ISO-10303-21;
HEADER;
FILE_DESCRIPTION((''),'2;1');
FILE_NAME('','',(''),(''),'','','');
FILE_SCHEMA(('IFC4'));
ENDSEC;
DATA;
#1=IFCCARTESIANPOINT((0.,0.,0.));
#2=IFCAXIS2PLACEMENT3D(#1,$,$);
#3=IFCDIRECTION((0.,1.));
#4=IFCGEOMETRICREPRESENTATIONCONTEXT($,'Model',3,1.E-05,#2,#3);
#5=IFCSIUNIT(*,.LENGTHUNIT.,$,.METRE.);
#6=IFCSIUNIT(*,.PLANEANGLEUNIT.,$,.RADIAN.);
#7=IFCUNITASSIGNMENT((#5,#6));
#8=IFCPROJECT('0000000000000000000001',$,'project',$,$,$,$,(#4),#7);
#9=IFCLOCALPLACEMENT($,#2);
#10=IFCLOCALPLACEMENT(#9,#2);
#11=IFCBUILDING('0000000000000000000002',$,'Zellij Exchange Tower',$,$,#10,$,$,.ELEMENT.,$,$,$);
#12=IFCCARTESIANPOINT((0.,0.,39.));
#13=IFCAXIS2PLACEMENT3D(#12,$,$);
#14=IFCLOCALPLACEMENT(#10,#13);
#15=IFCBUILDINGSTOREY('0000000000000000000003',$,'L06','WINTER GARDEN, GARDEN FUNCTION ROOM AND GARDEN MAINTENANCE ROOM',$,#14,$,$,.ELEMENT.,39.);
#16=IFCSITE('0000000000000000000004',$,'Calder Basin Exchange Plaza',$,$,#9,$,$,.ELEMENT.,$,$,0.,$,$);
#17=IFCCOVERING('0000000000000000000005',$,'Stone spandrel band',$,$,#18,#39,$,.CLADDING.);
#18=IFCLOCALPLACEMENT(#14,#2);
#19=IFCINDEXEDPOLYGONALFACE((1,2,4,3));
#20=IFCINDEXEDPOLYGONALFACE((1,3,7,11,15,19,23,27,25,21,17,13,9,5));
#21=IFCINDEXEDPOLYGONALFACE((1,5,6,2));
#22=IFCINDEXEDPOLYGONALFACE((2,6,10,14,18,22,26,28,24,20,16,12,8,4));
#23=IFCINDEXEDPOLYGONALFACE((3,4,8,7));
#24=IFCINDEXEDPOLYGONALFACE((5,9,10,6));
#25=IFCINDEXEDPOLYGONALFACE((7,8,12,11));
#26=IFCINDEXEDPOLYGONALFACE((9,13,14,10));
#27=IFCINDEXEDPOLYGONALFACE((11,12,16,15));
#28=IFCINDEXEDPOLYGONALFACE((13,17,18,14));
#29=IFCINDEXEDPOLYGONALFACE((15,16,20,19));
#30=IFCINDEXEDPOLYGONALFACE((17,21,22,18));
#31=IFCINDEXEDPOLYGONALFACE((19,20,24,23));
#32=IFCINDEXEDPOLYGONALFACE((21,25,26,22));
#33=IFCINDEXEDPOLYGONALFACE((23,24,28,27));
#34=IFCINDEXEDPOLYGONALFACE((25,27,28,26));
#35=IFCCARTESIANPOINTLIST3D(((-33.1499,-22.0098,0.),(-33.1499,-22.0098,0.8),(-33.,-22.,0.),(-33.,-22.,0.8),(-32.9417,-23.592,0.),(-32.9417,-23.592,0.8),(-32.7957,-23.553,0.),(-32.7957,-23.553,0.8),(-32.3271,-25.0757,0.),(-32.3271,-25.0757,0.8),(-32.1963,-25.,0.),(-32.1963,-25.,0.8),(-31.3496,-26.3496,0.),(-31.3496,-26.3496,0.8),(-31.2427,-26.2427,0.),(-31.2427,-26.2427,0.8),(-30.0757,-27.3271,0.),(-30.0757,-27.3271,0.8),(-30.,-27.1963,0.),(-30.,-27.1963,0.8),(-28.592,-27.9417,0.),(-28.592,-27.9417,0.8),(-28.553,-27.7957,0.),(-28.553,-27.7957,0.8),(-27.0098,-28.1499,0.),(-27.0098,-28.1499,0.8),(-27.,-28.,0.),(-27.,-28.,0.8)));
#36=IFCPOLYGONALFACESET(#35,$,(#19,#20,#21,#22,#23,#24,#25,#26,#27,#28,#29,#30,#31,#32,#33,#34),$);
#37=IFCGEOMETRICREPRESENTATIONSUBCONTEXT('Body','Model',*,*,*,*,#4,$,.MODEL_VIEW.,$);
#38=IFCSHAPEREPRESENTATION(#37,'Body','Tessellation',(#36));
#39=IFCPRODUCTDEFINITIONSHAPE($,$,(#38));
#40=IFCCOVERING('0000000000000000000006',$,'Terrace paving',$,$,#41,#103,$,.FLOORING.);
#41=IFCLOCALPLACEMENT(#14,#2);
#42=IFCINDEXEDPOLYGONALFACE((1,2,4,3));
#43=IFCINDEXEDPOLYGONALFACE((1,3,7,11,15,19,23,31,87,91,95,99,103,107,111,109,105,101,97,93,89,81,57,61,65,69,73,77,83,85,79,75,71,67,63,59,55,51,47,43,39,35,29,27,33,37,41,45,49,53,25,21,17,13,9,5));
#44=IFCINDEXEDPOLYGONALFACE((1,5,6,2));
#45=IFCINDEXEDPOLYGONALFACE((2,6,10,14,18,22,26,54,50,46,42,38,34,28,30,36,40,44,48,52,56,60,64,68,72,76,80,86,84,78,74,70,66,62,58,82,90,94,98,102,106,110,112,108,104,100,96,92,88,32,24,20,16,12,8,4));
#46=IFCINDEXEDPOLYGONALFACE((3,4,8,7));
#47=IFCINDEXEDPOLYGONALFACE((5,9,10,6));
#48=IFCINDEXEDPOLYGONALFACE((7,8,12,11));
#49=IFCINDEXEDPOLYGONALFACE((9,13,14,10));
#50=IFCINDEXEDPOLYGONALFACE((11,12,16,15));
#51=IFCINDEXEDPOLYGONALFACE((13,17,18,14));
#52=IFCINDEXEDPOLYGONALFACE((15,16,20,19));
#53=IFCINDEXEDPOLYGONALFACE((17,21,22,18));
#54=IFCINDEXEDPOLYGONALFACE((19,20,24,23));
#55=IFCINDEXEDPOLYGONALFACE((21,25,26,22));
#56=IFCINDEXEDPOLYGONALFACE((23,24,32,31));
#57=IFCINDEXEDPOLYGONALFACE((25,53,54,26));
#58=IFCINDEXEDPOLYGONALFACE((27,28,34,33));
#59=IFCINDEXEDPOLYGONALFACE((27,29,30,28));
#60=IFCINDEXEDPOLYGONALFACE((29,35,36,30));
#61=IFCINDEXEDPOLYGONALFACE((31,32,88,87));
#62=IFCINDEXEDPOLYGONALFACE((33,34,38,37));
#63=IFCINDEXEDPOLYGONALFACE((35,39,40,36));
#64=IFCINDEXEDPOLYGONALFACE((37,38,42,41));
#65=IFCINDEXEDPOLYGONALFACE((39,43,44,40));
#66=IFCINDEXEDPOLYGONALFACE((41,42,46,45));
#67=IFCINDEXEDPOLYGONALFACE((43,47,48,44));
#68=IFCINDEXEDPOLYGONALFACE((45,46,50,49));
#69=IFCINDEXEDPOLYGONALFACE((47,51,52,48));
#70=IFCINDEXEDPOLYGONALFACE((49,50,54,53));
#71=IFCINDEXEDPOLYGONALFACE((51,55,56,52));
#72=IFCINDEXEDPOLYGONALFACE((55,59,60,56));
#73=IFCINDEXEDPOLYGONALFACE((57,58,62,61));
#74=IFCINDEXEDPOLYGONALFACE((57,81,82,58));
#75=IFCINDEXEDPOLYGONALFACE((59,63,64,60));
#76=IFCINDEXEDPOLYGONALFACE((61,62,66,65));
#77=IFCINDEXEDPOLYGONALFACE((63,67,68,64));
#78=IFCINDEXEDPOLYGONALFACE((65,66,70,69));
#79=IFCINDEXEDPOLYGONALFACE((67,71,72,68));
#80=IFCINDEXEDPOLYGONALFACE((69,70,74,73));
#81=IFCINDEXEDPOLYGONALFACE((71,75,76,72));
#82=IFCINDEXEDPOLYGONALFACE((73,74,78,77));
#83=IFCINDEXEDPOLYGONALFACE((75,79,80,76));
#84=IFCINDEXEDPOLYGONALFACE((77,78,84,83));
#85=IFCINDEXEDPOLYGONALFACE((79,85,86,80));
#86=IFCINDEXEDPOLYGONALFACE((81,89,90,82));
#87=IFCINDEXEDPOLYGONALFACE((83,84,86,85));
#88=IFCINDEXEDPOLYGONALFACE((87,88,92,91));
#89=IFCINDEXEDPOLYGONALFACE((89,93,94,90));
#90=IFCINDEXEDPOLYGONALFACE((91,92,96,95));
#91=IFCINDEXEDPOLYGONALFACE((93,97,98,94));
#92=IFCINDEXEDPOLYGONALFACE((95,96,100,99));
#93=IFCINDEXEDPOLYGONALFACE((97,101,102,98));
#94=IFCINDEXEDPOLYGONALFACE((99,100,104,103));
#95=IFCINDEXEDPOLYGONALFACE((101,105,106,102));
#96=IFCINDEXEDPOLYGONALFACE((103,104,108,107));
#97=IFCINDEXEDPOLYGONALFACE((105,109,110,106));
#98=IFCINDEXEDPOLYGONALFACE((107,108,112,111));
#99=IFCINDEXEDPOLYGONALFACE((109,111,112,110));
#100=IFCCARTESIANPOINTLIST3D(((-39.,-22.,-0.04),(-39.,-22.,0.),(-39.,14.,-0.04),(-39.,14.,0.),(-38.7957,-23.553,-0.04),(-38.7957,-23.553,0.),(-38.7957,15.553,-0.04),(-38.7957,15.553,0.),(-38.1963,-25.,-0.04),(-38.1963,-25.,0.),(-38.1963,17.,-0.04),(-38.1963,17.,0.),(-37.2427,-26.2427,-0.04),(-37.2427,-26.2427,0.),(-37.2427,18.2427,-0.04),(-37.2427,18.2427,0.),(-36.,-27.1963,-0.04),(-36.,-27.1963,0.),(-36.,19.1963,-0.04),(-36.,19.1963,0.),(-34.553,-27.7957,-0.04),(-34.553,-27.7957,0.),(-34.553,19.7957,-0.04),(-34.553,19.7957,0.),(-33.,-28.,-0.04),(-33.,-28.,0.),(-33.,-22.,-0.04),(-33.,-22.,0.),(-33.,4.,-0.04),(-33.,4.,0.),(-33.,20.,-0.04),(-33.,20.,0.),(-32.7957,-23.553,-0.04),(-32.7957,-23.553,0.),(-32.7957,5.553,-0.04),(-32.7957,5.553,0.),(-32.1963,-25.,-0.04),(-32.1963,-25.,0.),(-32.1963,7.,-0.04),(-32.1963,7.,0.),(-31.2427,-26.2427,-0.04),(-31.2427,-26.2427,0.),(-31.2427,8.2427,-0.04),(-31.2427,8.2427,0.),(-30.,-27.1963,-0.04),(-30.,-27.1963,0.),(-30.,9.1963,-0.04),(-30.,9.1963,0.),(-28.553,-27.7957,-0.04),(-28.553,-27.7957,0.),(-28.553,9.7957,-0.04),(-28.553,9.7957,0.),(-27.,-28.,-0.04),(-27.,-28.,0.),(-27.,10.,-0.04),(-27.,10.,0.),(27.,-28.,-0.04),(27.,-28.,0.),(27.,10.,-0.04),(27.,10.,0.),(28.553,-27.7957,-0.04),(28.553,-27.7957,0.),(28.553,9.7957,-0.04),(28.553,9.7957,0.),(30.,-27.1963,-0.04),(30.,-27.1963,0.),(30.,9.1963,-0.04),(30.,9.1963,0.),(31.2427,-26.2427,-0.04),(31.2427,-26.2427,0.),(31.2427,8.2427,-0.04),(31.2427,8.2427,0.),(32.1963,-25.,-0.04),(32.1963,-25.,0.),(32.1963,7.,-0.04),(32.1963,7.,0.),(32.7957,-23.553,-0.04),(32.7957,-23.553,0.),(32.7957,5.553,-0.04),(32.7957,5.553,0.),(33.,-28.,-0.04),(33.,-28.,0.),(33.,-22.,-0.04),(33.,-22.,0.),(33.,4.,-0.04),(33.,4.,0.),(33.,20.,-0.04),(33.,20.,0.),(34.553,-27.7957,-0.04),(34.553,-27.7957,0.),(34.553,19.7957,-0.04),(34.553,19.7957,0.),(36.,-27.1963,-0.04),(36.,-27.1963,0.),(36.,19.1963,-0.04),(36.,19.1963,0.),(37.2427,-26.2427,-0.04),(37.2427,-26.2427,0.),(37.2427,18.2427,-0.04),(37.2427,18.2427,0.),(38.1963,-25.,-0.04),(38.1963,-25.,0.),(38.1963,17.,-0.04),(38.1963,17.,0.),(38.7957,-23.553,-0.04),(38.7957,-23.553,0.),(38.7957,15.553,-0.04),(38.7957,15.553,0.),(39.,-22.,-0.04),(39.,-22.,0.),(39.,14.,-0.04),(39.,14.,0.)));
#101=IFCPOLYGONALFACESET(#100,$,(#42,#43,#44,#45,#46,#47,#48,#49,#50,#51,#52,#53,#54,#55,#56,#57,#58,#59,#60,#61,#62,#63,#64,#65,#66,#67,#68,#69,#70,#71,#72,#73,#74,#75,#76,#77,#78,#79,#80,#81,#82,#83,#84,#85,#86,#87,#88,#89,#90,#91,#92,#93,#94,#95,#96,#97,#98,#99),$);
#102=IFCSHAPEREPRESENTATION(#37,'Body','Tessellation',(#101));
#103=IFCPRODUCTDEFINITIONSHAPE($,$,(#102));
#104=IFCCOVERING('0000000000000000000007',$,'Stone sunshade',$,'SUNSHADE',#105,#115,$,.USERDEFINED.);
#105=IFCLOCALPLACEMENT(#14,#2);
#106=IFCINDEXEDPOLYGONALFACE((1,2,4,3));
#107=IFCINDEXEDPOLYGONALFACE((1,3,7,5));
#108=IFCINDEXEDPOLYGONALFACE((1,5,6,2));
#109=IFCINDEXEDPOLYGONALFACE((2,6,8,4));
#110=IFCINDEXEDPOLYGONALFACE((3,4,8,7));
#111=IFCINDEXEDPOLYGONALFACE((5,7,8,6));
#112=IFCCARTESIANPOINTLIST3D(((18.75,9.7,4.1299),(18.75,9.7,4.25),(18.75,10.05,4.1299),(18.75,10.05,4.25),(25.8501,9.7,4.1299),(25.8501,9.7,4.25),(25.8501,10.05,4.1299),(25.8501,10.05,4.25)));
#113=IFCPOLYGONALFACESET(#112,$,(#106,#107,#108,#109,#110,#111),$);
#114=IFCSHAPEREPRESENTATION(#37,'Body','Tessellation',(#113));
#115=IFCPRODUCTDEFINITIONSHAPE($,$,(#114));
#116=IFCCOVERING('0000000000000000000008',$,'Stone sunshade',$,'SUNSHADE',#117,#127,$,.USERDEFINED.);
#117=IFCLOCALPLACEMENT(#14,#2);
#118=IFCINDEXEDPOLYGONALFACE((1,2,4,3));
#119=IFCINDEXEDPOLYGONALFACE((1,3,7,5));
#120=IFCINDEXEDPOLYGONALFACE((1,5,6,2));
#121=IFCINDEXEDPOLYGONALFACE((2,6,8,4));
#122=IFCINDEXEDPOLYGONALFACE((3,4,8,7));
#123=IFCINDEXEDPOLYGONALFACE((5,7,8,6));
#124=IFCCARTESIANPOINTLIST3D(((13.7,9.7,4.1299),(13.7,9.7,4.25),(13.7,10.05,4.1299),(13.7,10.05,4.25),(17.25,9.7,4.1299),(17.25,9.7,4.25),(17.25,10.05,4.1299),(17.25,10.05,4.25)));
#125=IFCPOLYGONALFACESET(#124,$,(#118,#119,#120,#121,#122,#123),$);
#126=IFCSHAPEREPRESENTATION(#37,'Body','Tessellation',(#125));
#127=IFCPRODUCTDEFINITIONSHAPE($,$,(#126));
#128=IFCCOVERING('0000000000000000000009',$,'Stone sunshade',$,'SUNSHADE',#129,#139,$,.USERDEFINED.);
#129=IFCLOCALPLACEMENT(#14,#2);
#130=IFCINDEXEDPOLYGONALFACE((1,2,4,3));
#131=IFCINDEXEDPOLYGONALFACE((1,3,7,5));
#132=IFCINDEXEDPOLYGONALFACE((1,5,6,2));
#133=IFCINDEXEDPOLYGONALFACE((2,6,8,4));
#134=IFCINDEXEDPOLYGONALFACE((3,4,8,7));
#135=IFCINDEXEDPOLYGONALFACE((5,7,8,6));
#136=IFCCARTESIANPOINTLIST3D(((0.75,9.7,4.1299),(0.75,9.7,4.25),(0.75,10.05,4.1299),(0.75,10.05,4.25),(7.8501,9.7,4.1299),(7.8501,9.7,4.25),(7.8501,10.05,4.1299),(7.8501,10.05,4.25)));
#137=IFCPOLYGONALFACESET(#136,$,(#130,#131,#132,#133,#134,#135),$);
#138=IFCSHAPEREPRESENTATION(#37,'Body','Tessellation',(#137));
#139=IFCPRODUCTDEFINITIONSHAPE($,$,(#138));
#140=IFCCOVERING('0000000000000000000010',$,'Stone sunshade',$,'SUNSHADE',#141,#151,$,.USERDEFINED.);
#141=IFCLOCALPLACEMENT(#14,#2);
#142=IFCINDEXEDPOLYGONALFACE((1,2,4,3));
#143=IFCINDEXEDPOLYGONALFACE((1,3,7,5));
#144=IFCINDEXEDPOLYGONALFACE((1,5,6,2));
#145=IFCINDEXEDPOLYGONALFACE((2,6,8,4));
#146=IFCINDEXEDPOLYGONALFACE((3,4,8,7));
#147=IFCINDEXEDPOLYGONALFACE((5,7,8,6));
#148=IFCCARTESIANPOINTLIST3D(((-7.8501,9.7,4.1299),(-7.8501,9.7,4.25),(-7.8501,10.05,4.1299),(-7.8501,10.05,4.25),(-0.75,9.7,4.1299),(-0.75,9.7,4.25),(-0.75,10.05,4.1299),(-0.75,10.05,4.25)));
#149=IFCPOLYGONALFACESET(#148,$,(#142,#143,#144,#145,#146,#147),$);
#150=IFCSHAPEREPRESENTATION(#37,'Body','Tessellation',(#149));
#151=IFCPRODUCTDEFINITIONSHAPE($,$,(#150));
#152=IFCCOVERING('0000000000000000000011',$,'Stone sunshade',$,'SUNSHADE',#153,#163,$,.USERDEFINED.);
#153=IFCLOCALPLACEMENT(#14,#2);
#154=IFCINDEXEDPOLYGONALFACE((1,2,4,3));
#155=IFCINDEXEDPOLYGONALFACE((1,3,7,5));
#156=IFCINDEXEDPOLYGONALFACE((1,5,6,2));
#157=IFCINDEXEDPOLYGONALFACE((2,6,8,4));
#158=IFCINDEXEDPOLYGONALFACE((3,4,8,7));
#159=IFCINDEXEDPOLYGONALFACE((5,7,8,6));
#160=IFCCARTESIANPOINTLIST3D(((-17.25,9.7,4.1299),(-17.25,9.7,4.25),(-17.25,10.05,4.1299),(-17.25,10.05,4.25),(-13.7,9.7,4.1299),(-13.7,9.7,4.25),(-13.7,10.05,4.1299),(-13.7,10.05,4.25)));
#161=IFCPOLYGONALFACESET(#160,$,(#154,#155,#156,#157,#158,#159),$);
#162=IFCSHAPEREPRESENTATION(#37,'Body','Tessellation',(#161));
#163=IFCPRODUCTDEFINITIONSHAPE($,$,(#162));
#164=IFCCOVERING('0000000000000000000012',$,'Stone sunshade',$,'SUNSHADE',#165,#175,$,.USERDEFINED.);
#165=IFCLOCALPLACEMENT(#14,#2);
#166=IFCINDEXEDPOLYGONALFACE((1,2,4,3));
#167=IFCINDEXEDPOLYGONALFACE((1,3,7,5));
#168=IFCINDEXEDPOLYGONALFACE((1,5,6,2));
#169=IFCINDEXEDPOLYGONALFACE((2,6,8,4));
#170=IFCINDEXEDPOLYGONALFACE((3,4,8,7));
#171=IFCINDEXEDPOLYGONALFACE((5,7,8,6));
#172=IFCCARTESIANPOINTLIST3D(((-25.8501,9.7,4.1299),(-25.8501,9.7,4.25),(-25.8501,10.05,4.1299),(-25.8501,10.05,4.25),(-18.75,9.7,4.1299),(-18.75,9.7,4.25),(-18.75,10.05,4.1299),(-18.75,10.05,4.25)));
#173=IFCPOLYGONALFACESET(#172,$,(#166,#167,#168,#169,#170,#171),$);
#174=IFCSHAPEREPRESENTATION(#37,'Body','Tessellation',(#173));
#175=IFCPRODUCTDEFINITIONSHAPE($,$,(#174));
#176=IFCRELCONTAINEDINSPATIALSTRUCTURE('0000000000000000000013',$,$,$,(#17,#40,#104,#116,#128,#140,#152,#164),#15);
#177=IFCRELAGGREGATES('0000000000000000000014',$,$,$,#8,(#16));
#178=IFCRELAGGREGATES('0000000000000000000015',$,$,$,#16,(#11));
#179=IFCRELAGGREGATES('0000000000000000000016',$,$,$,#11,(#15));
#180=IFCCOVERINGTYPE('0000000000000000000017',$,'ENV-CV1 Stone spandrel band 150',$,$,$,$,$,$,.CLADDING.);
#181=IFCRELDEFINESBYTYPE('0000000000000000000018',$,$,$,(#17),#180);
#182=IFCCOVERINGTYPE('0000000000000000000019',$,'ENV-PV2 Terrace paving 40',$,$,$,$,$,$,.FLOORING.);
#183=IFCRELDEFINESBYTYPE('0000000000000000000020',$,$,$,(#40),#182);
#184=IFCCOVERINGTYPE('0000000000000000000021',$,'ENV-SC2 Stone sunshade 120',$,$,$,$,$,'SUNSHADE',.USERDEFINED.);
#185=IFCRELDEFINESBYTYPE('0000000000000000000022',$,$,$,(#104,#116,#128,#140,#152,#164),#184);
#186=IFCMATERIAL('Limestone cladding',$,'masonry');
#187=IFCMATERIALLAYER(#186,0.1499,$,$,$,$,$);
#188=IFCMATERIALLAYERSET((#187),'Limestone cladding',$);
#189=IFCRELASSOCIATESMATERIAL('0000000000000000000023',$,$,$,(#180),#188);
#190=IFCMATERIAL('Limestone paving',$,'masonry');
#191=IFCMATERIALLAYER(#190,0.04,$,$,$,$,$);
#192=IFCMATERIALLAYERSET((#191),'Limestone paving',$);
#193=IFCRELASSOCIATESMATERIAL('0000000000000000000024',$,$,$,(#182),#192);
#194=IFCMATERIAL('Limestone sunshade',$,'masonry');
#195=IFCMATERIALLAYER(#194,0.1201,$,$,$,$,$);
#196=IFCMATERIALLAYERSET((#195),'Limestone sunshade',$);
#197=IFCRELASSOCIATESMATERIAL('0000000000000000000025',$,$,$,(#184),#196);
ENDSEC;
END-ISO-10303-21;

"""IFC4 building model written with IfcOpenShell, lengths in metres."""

from ifc_helpers import new_model, si_unit, direction, frame, origin, place, context, subcontext, project, spatial, polyline, outline, extrude, material, layer, layer_set, type_object, element, save


model = new_model("IFC4")

# Units and contexts
model_context = context("Model", 3, precision=1e-05, world=origin(), true_north=direction((0.0, 1.0)))
body_context = subcontext(model_context, "Body", "Model", "MODEL_VIEW")
ifc_project = project(units=[si_unit("LENGTHUNIT", "METRE"), si_unit("PLANEANGLEUNIT", "RADIAN")], contexts=[model_context])

# Site, building, storey
site_placement = place(None, origin())
site = spatial("IfcSite", under=ifc_project, at=site_placement, Name="Calder Basin Exchange Plaza", CompositionType="ELEMENT", RefElevation=0.0)
building_placement = place(site_placement, origin())
building = spatial("IfcBuilding", under=site, at=building_placement, Name="Zellij Exchange Tower", CompositionType="ELEMENT")
storey_placement = place(building_placement, frame((0.0, 0.0, 39.0)))
storey = spatial("IfcBuildingStorey", under=building, at=storey_placement, Name="L06", Description="WINTER GARDEN, GARDEN FUNCTION ROOM AND GARDEN MAINTENANCE ROOM", CompositionType="ELEMENT", Elevation=39.0)

# Coverings
ifc_material_1 = material(Name="Limestone cladding", Category="masonry")
ifc_layer_1 = layer(ifc_material_1, 0.1499)
ifc_layer_set_1 = layer_set([ifc_layer_1], Name="Limestone cladding")
covering_type_1 = type_object("IfcCoveringType", Name="ENV-CV1 Stone spandrel band 150", PredefinedType="CLADDING", material=ifc_layer_set_1)
covering_1_placement = place(storey_placement, origin())
element("IfcCovering", 1, at=covering_1_placement, inside=storey, type_object=covering_type_1, Name="Stone spandrel band", PredefinedType="CLADDING", context=body_context, shape_type="SweptSolid", body=[
    extrude(outline(polyline([(-33.0, -22.0), (-32.7957, -23.553), (-32.1963, -25.0), (-31.2427, -26.2427), (-30.0, -27.1963), (-28.553, -27.7957), (-27.0, -28.0), (-27.0098, -28.1499), (-28.592, -27.9417), (-30.0757, -27.3271), (-31.3496, -26.3496), (-32.3271, -25.0757), (-32.9417, -23.592), (-33.1499, -22.0098), (-33.0, -22.0)])), origin(), (0.0, 0.0, 1.0), 0.8),
])
ifc_material_2 = material(Name="Limestone paving", Category="masonry")
ifc_layer_2 = layer(ifc_material_2, 0.04)
ifc_layer_set_2 = layer_set([ifc_layer_2], Name="Limestone paving")
covering_type_2 = type_object("IfcCoveringType", Name="ENV-PV2 Terrace paving 40", PredefinedType="FLOORING", material=ifc_layer_set_2)
covering_2_placement = place(storey_placement, frame((0.0, 0.0, -0.04)))
element("IfcCovering", 2, at=covering_2_placement, inside=storey, type_object=covering_type_2, Name="Terrace paving", PredefinedType="FLOORING", context=body_context, shape_type="SweptSolid", body=[
    extrude(outline(polyline([(-31.2427, -26.2427), (-32.1963, -25.0), (-32.7957, -23.553), (-33.0, -22.0), (-33.0, 4.0), (-32.7957, 5.553), (-32.1963, 7.0), (-31.2427, 8.2427), (-30.0, 9.1963), (-28.553, 9.7957), (-27.0, 10.0), (27.0, 10.0), (28.553, 9.7957), (30.0, 9.1963), (31.2427, 8.2427), (32.1963, 7.0), (32.7957, 5.553), (33.0, 4.0), (33.0, -22.0), (32.7957, -23.553), (32.1963, -25.0), (31.2427, -26.2427), (30.0, -27.1963), (28.553, -27.7957), (27.0, -28.0), (33.0, -28.0), (34.553, -27.7957), (36.0, -27.1963), (37.2427, -26.2427), (38.1963, -25.0), (38.7957, -23.553), (39.0, -22.0), (39.0, 14.0), (38.7957, 15.553), (38.1963, 17.0), (37.2427, 18.2427), (36.0, 19.1963), (34.553, 19.7957), (33.0, 20.0), (-33.0, 20.0), (-34.553, 19.7957), (-36.0, 19.1963), (-37.2427, 18.2427), (-38.1963, 17.0), (-38.7957, 15.553), (-39.0, 14.0), (-39.0, -22.0), (-38.7957, -23.553), (-38.1963, -25.0), (-37.2427, -26.2427), (-36.0, -27.1963), (-34.553, -27.7957), (-33.0, -28.0), (-27.0, -28.0), (-28.553, -27.7957), (-30.0, -27.1963), (-31.2427, -26.2427)])), origin(), (0.0, 0.0, 1.0), 0.04),
])
ifc_material_3 = material(Name="Limestone sunshade", Category="masonry")
ifc_layer_3 = layer(ifc_material_3, 0.1201)
ifc_layer_set_3 = layer_set([ifc_layer_3], Name="Limestone sunshade")
covering_type_3 = type_object("IfcCoveringType", Name="ENV-SC2 Stone sunshade 120", ElementType="SUNSHADE", PredefinedType="USERDEFINED", material=ifc_layer_set_3)
covering_3_placement = place(storey_placement, frame((0.0, 0.0, 4.1299)))
element("IfcCovering", 3, at=covering_3_placement, inside=storey, type_object=covering_type_3, Name="Stone sunshade", ObjectType="SUNSHADE", PredefinedType="USERDEFINED", context=body_context, shape_type="SweptSolid", body=[
    extrude(outline(polyline([(25.8501, 9.7), (18.75, 9.7), (18.75, 10.05), (25.8501, 10.05), (25.8501, 9.7)])), origin(), (0.0, 0.0, 1.0), 0.1201),
])
covering_4_placement = place(storey_placement, frame((0.0, 0.0, 4.1299)))
element("IfcCovering", 4, at=covering_4_placement, inside=storey, type_object=covering_type_3, Name="Stone sunshade", ObjectType="SUNSHADE", PredefinedType="USERDEFINED", context=body_context, shape_type="SweptSolid", body=[
    extrude(outline(polyline([(17.25, 9.7), (13.7, 9.7), (13.7, 10.05), (17.25, 10.05), (17.25, 9.7)])), origin(), (0.0, 0.0, 1.0), 0.1201),
])
covering_5_placement = place(storey_placement, frame((0.0, 0.0, 4.1299)))
element("IfcCovering", 5, at=covering_5_placement, inside=storey, type_object=covering_type_3, Name="Stone sunshade", ObjectType="SUNSHADE", PredefinedType="USERDEFINED", context=body_context, shape_type="SweptSolid", body=[
    extrude(outline(polyline([(7.8501, 9.7), (0.75, 9.7), (0.75, 10.05), (7.8501, 10.05), (7.8501, 9.7)])), origin(), (0.0, 0.0, 1.0), 0.1201),
])
covering_6_placement = place(storey_placement, frame((0.0, 0.0, 4.1299)))
element("IfcCovering", 6, at=covering_6_placement, inside=storey, type_object=covering_type_3, Name="Stone sunshade", ObjectType="SUNSHADE", PredefinedType="USERDEFINED", context=body_context, shape_type="SweptSolid", body=[
    extrude(outline(polyline([(-0.75, 9.7), (-7.8501, 9.7), (-7.8501, 10.05), (-0.75, 10.05), (-0.75, 9.7)])), origin(), (0.0, 0.0, 1.0), 0.1201),
])
covering_7_placement = place(storey_placement, frame((0.0, 0.0, 4.1299)))
element("IfcCovering", 7, at=covering_7_placement, inside=storey, type_object=covering_type_3, Name="Stone sunshade", ObjectType="SUNSHADE", PredefinedType="USERDEFINED", context=body_context, shape_type="SweptSolid", body=[
    extrude(outline(polyline([(-13.7, 9.7), (-17.25, 9.7), (-17.25, 10.05), (-13.7, 10.05), (-13.7, 9.7)])), origin(), (0.0, 0.0, 1.0), 0.1201),
])
covering_8_placement = place(storey_placement, frame((0.0, 0.0, 4.1299)))
element("IfcCovering", 8, at=covering_8_placement, inside=storey, type_object=covering_type_3, Name="Stone sunshade", ObjectType="SUNSHADE", PredefinedType="USERDEFINED", context=body_context, shape_type="SweptSolid", body=[
    extrude(outline(polyline([(-18.75, 9.7), (-25.8501, 9.7), (-25.8501, 10.05), (-18.75, 10.05), (-18.75, 9.7)])), origin(), (0.0, 0.0, 1.0), 0.1201),
])

save(model, "model.ifc")
